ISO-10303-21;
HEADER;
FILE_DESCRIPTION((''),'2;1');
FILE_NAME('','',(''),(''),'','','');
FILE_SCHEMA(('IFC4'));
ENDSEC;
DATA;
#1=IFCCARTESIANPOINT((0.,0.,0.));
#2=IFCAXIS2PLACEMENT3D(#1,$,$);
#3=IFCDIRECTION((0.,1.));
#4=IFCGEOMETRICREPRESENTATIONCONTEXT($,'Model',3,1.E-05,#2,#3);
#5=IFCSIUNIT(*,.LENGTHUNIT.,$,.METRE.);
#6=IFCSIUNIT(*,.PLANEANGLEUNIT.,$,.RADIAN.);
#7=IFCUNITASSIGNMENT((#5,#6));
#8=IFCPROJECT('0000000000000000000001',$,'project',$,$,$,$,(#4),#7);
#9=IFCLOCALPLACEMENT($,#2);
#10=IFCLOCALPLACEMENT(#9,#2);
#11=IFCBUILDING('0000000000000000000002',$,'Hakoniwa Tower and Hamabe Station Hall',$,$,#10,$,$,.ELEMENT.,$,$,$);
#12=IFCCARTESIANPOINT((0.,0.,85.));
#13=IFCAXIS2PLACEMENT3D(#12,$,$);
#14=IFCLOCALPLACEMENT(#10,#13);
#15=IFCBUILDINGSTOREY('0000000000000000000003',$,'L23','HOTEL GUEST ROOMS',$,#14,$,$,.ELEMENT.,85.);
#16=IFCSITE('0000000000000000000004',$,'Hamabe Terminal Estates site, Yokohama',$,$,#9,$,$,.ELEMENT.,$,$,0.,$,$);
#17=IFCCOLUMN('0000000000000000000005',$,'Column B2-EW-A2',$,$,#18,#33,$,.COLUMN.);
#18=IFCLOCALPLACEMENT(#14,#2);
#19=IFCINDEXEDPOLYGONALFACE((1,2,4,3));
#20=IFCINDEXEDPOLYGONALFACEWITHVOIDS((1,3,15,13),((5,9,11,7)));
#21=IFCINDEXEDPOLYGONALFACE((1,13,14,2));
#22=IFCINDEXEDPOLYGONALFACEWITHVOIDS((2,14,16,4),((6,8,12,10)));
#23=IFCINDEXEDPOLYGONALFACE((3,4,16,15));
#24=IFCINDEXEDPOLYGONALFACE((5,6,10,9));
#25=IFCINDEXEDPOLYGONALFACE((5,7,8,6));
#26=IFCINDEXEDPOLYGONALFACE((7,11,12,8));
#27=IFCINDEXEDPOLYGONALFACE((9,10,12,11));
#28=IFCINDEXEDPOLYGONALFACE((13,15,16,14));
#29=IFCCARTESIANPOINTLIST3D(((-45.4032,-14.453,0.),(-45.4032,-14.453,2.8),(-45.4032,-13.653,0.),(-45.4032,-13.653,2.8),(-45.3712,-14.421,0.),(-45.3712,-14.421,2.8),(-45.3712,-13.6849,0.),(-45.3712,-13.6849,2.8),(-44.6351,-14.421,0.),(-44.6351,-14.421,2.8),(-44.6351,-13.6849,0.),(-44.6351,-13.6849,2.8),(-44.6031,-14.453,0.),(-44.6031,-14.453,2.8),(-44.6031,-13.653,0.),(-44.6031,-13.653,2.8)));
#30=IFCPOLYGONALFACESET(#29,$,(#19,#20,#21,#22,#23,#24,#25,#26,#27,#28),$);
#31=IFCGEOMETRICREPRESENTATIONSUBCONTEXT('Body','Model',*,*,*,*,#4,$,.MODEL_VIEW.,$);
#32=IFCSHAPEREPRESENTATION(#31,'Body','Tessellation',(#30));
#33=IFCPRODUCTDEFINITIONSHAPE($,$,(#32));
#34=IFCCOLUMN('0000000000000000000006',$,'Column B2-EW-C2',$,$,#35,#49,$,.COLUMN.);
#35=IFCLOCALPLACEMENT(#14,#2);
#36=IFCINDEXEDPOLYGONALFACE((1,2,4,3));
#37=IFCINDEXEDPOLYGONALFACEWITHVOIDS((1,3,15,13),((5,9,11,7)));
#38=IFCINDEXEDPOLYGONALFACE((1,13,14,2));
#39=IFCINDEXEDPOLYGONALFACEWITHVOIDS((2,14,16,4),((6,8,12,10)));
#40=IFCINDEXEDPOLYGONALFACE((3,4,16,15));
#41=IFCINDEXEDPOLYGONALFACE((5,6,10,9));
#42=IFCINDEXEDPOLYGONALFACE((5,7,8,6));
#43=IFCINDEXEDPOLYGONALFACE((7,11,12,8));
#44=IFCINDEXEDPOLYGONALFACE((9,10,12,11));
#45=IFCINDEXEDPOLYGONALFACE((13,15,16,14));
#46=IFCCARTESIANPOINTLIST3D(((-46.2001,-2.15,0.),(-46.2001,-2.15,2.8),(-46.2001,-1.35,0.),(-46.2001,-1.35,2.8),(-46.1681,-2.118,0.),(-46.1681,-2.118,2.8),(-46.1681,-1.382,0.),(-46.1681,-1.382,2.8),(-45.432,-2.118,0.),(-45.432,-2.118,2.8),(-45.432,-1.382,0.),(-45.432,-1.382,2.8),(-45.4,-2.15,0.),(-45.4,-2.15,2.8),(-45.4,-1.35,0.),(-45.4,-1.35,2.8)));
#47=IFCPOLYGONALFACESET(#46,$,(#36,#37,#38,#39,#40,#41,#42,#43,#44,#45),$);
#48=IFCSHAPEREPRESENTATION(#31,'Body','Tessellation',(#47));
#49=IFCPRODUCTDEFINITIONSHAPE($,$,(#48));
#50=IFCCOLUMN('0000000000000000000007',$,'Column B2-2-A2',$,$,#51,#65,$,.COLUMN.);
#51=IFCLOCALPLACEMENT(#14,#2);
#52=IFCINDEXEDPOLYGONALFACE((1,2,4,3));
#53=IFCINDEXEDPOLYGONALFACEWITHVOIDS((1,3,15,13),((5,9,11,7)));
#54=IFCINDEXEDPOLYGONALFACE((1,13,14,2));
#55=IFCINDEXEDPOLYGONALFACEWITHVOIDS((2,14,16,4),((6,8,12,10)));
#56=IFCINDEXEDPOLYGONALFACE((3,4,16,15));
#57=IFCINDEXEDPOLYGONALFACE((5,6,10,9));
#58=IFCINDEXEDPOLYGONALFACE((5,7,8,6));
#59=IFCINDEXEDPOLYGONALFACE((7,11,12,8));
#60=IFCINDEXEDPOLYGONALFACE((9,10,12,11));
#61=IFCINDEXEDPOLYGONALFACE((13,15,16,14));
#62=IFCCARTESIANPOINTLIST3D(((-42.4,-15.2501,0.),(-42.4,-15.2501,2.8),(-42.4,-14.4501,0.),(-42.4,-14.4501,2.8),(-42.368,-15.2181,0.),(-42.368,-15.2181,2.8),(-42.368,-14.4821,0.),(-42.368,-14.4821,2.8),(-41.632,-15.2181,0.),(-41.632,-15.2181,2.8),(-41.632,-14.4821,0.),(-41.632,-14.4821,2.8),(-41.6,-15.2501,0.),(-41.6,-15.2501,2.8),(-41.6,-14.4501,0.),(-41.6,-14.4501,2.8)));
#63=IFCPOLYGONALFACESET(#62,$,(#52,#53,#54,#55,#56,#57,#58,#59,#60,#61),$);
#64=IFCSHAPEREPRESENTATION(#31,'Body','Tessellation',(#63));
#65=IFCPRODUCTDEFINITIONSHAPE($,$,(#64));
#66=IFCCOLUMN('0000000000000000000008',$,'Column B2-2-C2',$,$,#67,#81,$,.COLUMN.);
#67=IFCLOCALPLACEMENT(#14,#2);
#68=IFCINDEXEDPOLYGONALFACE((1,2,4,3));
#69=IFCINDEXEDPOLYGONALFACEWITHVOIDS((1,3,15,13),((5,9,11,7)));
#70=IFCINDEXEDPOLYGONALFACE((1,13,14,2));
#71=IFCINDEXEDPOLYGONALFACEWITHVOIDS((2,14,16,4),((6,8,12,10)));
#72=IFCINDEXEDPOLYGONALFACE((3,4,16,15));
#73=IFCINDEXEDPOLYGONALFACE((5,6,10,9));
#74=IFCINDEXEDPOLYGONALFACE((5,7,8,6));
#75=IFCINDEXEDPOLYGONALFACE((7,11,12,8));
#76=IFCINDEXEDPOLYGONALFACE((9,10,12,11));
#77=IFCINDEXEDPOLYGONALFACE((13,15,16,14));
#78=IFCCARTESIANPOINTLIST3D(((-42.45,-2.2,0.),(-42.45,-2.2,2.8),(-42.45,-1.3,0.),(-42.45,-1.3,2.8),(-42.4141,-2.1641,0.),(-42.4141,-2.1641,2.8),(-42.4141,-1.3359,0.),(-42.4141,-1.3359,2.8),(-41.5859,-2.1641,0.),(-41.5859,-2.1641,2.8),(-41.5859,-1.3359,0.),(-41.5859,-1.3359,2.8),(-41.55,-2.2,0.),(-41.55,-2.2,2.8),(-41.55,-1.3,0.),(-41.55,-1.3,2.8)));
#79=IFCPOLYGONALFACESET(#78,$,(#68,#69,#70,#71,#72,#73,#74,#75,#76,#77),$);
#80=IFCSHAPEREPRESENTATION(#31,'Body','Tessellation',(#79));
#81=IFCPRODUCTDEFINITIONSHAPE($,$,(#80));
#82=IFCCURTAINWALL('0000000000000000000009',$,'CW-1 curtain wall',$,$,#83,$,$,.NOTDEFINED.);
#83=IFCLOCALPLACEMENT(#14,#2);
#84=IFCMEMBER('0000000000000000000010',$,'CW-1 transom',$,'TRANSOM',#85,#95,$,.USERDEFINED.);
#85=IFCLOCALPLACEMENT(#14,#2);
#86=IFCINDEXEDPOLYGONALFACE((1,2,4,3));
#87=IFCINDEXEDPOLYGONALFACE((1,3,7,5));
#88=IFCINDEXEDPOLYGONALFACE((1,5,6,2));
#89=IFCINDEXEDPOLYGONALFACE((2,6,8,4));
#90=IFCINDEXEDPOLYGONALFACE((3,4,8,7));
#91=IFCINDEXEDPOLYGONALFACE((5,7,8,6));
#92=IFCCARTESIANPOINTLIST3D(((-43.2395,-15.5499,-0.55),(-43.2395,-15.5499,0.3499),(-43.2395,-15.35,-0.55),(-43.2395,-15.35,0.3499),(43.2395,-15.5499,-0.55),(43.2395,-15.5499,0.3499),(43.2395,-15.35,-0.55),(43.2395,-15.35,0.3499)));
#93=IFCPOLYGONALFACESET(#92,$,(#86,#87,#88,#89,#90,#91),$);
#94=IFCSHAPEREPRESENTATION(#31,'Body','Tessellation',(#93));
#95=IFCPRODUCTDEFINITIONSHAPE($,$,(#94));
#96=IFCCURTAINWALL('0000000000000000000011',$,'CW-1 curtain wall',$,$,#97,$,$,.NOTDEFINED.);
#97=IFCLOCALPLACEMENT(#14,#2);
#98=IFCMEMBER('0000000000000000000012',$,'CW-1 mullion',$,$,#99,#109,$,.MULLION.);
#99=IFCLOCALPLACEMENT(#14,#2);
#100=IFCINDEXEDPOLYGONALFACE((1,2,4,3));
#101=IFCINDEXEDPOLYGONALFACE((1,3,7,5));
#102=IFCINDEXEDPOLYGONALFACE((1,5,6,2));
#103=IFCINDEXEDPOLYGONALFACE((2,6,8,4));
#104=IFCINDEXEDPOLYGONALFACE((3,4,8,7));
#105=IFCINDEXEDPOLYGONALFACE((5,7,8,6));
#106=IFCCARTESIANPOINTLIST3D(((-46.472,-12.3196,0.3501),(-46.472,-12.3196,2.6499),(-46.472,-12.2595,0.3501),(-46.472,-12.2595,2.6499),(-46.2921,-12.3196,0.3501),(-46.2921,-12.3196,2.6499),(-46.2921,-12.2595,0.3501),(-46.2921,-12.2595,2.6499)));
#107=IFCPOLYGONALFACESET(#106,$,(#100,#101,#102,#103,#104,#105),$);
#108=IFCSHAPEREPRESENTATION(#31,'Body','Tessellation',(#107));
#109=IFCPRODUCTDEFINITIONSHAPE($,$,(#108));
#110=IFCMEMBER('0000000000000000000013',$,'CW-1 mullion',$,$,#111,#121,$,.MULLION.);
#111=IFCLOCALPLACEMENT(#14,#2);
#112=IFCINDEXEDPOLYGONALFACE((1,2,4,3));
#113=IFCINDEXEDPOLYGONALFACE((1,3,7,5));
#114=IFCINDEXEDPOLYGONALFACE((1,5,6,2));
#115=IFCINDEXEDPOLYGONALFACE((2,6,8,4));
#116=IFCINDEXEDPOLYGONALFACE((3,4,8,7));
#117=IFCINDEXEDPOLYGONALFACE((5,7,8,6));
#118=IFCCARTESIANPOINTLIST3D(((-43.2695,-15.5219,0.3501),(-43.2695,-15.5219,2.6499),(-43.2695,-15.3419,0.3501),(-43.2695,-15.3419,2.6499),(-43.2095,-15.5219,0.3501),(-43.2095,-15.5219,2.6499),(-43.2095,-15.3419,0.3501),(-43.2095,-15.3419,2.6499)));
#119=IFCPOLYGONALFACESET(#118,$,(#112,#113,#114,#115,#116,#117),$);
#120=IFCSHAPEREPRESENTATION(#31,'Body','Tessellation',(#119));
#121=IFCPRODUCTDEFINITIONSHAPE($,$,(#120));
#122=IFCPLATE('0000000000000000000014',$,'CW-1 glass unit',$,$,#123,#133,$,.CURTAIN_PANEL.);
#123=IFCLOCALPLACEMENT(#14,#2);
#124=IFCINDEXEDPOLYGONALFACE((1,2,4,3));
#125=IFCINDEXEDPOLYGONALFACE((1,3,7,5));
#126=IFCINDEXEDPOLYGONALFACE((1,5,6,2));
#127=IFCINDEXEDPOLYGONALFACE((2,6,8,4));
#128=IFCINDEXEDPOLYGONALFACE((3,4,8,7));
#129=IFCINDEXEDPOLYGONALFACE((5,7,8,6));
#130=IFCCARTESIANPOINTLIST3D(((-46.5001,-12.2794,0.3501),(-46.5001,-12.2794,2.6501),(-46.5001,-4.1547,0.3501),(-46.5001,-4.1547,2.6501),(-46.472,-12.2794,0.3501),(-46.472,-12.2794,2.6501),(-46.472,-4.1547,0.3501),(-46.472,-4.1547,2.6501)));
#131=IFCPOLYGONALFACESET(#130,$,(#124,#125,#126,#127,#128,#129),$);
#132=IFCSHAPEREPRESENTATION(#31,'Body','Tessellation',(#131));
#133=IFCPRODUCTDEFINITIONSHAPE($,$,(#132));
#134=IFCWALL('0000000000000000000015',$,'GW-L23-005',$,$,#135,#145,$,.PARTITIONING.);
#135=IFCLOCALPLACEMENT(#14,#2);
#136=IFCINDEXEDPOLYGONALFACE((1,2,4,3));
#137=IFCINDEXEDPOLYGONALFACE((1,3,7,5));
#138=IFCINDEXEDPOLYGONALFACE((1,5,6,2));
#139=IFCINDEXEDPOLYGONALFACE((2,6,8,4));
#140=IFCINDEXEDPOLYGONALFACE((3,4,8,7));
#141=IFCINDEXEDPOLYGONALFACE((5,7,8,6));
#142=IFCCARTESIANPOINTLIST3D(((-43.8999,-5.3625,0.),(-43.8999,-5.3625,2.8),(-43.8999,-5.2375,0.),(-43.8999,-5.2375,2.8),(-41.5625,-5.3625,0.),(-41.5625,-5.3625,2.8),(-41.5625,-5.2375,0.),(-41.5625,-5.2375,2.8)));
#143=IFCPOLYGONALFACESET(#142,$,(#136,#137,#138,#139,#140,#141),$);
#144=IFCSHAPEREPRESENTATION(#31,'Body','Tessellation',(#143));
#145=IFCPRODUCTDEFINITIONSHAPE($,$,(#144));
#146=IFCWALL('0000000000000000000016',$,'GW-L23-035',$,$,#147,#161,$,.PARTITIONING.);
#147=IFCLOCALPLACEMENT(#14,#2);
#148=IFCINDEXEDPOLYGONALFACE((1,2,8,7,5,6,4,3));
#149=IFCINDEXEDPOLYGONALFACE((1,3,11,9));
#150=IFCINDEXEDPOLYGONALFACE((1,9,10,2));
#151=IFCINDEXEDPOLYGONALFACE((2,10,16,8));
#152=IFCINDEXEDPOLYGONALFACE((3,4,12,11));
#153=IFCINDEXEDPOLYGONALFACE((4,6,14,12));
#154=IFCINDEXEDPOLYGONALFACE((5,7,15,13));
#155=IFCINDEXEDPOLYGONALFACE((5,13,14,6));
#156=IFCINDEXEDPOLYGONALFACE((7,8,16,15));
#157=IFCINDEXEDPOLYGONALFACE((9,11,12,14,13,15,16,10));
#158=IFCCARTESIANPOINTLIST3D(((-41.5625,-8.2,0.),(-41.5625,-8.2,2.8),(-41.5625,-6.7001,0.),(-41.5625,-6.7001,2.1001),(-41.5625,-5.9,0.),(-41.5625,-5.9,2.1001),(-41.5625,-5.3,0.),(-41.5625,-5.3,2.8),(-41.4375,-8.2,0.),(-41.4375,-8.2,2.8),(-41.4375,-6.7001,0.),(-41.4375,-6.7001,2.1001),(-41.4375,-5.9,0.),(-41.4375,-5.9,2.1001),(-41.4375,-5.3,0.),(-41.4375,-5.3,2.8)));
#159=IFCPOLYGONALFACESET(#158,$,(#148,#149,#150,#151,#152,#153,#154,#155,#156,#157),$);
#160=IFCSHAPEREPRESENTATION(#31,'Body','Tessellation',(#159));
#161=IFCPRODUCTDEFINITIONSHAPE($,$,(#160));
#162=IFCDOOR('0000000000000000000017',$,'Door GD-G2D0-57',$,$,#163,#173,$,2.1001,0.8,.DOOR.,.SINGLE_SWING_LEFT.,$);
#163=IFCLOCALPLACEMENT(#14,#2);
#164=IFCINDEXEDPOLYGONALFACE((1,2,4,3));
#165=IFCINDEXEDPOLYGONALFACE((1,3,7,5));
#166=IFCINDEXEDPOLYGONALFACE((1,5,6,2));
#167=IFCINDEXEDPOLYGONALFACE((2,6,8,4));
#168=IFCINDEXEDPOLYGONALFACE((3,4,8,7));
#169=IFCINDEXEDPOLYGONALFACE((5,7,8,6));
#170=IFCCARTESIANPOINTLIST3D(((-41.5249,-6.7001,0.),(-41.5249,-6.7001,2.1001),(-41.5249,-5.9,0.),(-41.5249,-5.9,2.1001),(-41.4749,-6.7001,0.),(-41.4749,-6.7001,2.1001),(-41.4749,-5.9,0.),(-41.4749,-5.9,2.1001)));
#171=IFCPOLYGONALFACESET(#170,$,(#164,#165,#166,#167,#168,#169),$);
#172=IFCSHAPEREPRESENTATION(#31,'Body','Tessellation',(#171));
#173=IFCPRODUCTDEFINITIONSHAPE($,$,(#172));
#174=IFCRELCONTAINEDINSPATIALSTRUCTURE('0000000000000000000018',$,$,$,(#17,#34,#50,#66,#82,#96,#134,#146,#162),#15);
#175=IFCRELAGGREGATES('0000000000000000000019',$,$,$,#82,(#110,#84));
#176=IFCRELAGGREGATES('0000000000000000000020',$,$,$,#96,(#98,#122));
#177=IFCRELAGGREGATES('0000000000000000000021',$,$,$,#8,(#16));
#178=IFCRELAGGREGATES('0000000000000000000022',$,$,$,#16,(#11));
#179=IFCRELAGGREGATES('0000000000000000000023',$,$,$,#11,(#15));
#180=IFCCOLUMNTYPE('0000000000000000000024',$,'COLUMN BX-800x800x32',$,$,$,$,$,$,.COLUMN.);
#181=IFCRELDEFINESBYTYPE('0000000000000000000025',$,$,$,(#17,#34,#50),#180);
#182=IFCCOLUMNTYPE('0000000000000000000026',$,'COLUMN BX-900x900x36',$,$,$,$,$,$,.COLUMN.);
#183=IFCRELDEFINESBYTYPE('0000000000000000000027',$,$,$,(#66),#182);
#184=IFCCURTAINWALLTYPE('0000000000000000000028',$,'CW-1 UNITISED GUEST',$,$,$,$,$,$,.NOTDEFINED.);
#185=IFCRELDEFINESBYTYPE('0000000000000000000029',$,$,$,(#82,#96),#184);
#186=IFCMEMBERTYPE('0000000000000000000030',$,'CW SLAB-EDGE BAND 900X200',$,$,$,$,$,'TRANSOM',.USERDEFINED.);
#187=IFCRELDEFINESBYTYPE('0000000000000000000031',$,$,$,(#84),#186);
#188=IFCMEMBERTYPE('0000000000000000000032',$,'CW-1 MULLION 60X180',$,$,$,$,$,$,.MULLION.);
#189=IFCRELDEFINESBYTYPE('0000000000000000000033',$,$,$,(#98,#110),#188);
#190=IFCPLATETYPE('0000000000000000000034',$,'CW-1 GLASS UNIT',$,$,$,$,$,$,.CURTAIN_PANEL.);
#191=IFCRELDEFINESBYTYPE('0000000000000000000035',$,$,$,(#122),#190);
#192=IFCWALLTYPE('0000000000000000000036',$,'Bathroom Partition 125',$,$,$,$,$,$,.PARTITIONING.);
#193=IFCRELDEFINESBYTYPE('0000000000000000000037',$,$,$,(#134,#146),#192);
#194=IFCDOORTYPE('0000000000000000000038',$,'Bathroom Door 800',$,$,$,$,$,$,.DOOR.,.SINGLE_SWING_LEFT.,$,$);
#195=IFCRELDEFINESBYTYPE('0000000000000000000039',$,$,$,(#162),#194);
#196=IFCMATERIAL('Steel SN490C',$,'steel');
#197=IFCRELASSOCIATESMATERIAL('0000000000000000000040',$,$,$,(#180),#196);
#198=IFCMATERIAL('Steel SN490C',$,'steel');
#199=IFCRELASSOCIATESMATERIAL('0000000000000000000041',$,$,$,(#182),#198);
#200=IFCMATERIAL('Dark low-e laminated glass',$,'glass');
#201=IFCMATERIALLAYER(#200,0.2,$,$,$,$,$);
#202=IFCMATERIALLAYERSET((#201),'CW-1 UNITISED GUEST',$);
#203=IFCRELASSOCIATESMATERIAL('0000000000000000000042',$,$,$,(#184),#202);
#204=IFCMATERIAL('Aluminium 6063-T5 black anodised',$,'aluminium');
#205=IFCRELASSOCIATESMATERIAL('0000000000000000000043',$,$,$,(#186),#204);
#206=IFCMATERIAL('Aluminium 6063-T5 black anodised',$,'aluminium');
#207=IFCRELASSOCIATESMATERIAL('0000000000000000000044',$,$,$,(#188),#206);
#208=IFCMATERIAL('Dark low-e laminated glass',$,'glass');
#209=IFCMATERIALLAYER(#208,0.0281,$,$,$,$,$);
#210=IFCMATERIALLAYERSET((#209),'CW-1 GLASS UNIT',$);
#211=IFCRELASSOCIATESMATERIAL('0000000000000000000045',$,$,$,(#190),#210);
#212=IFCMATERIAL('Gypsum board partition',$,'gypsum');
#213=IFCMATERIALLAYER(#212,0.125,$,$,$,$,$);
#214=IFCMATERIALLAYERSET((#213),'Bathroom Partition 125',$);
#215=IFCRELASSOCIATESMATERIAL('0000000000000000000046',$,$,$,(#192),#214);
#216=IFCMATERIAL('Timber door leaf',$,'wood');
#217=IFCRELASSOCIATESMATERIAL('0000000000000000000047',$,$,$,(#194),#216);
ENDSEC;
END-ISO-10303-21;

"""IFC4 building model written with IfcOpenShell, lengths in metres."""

from ifc_helpers import new_model, si_unit, direction, frame, frame_2d, origin, origin_2d, place, context, subcontext, project, spatial, rectangle, hollow_rectangle, extrude, material, layer, layer_set, material_profile, profile_set, type_object, element, fill, aggregate, save


model = new_model("IFC4")

# Units and contexts
model_context = context("Model", 3, precision=1e-05, world=origin(), true_north=direction((0.0, 1.0)))
body_context = subcontext(model_context, "Body", "Model", "MODEL_VIEW")
ifc_project = project(units=[si_unit("LENGTHUNIT", "METRE"), si_unit("PLANEANGLEUNIT", "RADIAN")], contexts=[model_context])

# Site, building, storey
site_placement = place(None, origin())
site = spatial("IfcSite", under=ifc_project, at=site_placement, Name="Hamabe Terminal Estates site, Yokohama", CompositionType="ELEMENT", RefElevation=0.0)
building_placement = place(site_placement, origin())
building = spatial("IfcBuilding", under=site, at=building_placement, Name="Hakoniwa Tower and Hamabe Station Hall", CompositionType="ELEMENT")
storey_placement = place(building_placement, frame((0.0, 0.0, 85.0)))
storey = spatial("IfcBuildingStorey", under=building, at=storey_placement, Name="L23", Description="HOTEL GUEST ROOMS", CompositionType="ELEMENT", Elevation=85.0)

# Columns
ifc_material_1 = material(Name="Steel SN490C", Category="steel")
ifc_material_profile_1 = material_profile(ifc_material_1, hollow_rectangle(XDim=0.8, YDim=0.8, WallThickness=0.032, at=origin_2d()), Name="BX-800x800x32")
ifc_profile_set_1 = profile_set([ifc_material_profile_1], Name="Steel SN490C")
column_type_1 = type_object("IfcColumnType", Name="COLUMN BX-800x800x32", PredefinedType="COLUMN", material=ifc_profile_set_1)
for number, where, z_axis, x_axis, name in (
    (1, (-45.0032, -14.053, 0.0), (0.0, 0.0, 1.0), (1.0, 0.0, 0.0), "Column B2-EW-A2"),
    (2, (-45.8, -1.75, 0.0), (0.0, 0.0, 1.0), (1.0, 0.0, 0.0), "Column B2-EW-C2"),
    (3, (-42.0, -14.8501, 0.0), (0.0, 0.0, 1.0), (1.0, 0.0, 0.0), "Column B2-2-A2"),
):
    element("IfcColumn", number, at=place(storey_placement, frame(where, z_axis=z_axis, x_axis=x_axis)), inside=storey, type_object=column_type_1, Name=name, PredefinedType="COLUMN", context=body_context, shape_type="SweptSolid", body=[
        extrude(hollow_rectangle(XDim=0.8, YDim=0.8, WallThickness=0.032, at=origin_2d()), origin(), (0.0, 0.0, 1.0), 2.8),
    ])
ifc_material_2 = material(Name="Steel SN490C", Category="steel")
ifc_material_profile_2 = material_profile(ifc_material_2, hollow_rectangle(XDim=0.8999, YDim=0.8999, WallThickness=0.0359, at=origin_2d()), Name="BX-900x900x36")
ifc_profile_set_2 = profile_set([ifc_material_profile_2], Name="Steel SN490C")
column_type_2 = type_object("IfcColumnType", Name="COLUMN BX-900x900x36", PredefinedType="COLUMN", material=ifc_profile_set_2)
column_placement = place(storey_placement, frame((-42.0, -1.75, 0.0), z_axis=(0.0, 0.0, 1.0), x_axis=(1.0, 0.0, 0.0)))
element("IfcColumn", 4, at=column_placement, inside=storey, type_object=column_type_2, Name="Column B2-2-C2", PredefinedType="COLUMN", context=body_context, shape_type="SweptSolid", body=[
    extrude(hollow_rectangle(XDim=0.8999, YDim=0.8999, WallThickness=0.0359, at=origin_2d()), origin(), (0.0, 0.0, 1.0), 2.8),
])

# Curtain walls, members
ifc_material_3 = material(Name="Dark low-e laminated glass", Category="glass")
ifc_layer_1 = layer(ifc_material_3, 0.2)
ifc_layer_set_1 = layer_set([ifc_layer_1], Name="CW-1 UNITISED GUEST")
curtain_wall_type = type_object("IfcCurtainWallType", Name="CW-1 UNITISED GUEST", PredefinedType="NOTDEFINED", material=ifc_layer_set_1)
curtain_wall_1_placement = place(storey_placement, origin())
curtain_wall_1 = element("IfcCurtainWall", 5, at=curtain_wall_1_placement, inside=storey, type_object=curtain_wall_type, Name="CW-1 curtain wall", PredefinedType="NOTDEFINED")
ifc_material_4 = material(Name="Aluminium 6063-T5 black anodised", Category="aluminium")
ifc_material_profile_3 = material_profile(ifc_material_4, rectangle(XDim=0.2, YDim=0.8999, at=origin_2d()), Name="CW SLAB-EDGE BAND 900X200")
ifc_profile_set_3 = profile_set([ifc_material_profile_3], Name="Aluminium 6063-T5 black anodised")
member_type_1 = type_object("IfcMemberType", Name="CW SLAB-EDGE BAND 900X200", ElementType="TRANSOM", PredefinedType="USERDEFINED", material=ifc_profile_set_3)
member_1_placement = place(storey_placement, frame((-43.2395, -15.45, -0.1001), z_axis=(1.0, 0.0, 0.0), x_axis=(0.0, 1.0, 0.0)))
member_1 = element("IfcMember", 6, at=member_1_placement, type_object=member_type_1, Name="CW-1 transom", ObjectType="TRANSOM", PredefinedType="USERDEFINED", context=body_context, shape_type="SweptSolid", body=[
    extrude(rectangle(XDim=0.2, YDim=0.8999, at=origin_2d()), origin(), (0.0, 0.0, 1.0), 86.479),
])
curtain_wall_2_placement = place(storey_placement, origin())
curtain_wall_2 = element("IfcCurtainWall", 7, at=curtain_wall_2_placement, inside=storey, type_object=curtain_wall_type, Name="CW-1 curtain wall", PredefinedType="NOTDEFINED")
ifc_material_5 = material(Name="Aluminium 6063-T5 black anodised", Category="aluminium")
ifc_material_profile_4 = material_profile(ifc_material_5, rectangle(XDim=0.0601, YDim=0.1799, at=origin_2d()), Name="CW-1 MULLION 60X180")
ifc_profile_set_4 = profile_set([ifc_material_profile_4], Name="Aluminium 6063-T5 black anodised")
member_type_2 = type_object("IfcMemberType", Name="CW-1 MULLION 60X180", PredefinedType="MULLION", material=ifc_profile_set_4)
member_2_placement = place(storey_placement, frame((-46.3821, -12.2896, 0.3501), z_axis=(0.0, 0.0, 1.0), x_axis=(0.0, -1.0, 0.0)))
member_2 = element("IfcMember", 8, at=member_2_placement, type_object=member_type_2, Name="CW-1 mullion", PredefinedType="MULLION", context=body_context, shape_type="SweptSolid", body=[
    extrude(rectangle(XDim=0.0601, YDim=0.1799, at=origin_2d()), origin(), (0.0, 0.0, 1.0), 2.2998),
])

# Member
member_3_placement = place(storey_placement, frame((-43.2395, -15.4319, 0.3501), z_axis=(0.0, 0.0, 1.0), x_axis=(1.0, 0.0, 0.0)))
member_3 = element("IfcMember", 9, at=member_3_placement, type_object=member_type_2, Name="CW-1 mullion", PredefinedType="MULLION", context=body_context, shape_type="SweptSolid", body=[
    extrude(rectangle(XDim=0.0601, YDim=0.1799, at=origin_2d()), origin(), (0.0, 0.0, 1.0), 2.2998),
])
aggregate(curtain_wall_1, [member_3, member_1])

# Plate
ifc_material_6 = material(Name="Dark low-e laminated glass", Category="glass")
ifc_layer_2 = layer(ifc_material_6, 0.0281)
ifc_layer_set_2 = layer_set([ifc_layer_2], Name="CW-1 GLASS UNIT")
plate_type = type_object("IfcPlateType", Name="CW-1 GLASS UNIT", PredefinedType="CURTAIN_PANEL", material=ifc_layer_set_2)
plate_placement = place(storey_placement, frame((-46.4861, -8.217, 0.3501), z_axis=(0.0, 0.0, 1.0), x_axis=(0.0, -1.0, 0.0)))
plate = element("IfcPlate", 10, at=plate_placement, type_object=plate_type, Name="CW-1 glass unit", PredefinedType="CURTAIN_PANEL", context=body_context, shape_type="SweptSolid", body=[
    extrude(rectangle(XDim=8.1248, YDim=0.0281, at=origin_2d()), origin(), (0.0, 0.0, 1.0), 2.3),
])
aggregate(curtain_wall_2, [member_2, plate])

# Wall
ifc_material_7 = material(Name="Gypsum board partition", Category="gypsum")
ifc_layer_3 = layer(ifc_material_7, 0.125)
ifc_layer_set_3 = layer_set([ifc_layer_3], Name="Bathroom Partition 125")
wall_type_1 = type_object("IfcWallType", Name="Bathroom Partition 125", PredefinedType="PARTITIONING", material=ifc_layer_set_3)
wall_1_placement = place(storey_placement, frame((-43.8999, -5.3, 0.0), z_axis=(0.0, 0.0, 1.0), x_axis=(1.0, 0.0, 0.0)))
element("IfcWall", 11, at=wall_1_placement, inside=storey, type_object=wall_type_1, Name="GW-L23-005", PredefinedType="PARTITIONING", context=body_context, shape_type="SweptSolid", body=[
    extrude(rectangle(XDim=2.3374, YDim=0.125, at=frame_2d((1.1687, 0.0))), origin(), (0.0, 0.0, 1.0), 2.8),
])

# Wall, opening, door
wall_2_placement = place(storey_placement, frame((-41.5, -8.2, 0.0), z_axis=(0.0, 0.0, 1.0), x_axis=(0.0, 1.0, 0.0)))
wall_2 = element("IfcWall", 12, at=wall_2_placement, inside=storey, type_object=wall_type_1, Name="GW-L23-035", PredefinedType="PARTITIONING", context=body_context, shape_type="SweptSolid", body=[
    extrude(rectangle(XDim=2.8999, YDim=0.125, at=frame_2d((1.45, 0.0))), origin(), (0.0, 0.0, 1.0), 2.8),
])
opening_1_placement = place(wall_2_placement, frame((1.5, 0.0, 0.0)))
opening_1 = element("IfcOpeningElement", 13, at=opening_1_placement, cuts=wall_2, PredefinedType="OPENING", context=body_context, shape_type="SweptSolid", body=[
    extrude(rectangle(XDim=0.8, YDim=2.1001, at=frame_2d((0.3999, 1.05))), frame((0.0, 0.0725, 0.0), z_axis=(0.0, -1.0, 0.0), x_axis=(1.0, 0.0, 0.0)), (0.0, 0.0, 1.0), 0.145),
])
ifc_material_8 = material(Name="Timber door leaf", Category="wood")
door_type_1 = type_object("IfcDoorType", Name="Bathroom Door 800", OperationType="SINGLE_SWING_LEFT", PredefinedType="DOOR", material=ifc_material_8)
door_1_placement = place(opening_1_placement, origin())
door_1 = element("IfcDoor", 14, at=door_1_placement, inside=storey, type_object=door_type_1, Name="Door GD-G2D0-57", OperationType="SINGLE_SWING_LEFT", OverallHeight=2.1001, OverallWidth=0.8, PredefinedType="DOOR", context=body_context, shape_type="SweptSolid", body=[
    extrude(rectangle(XDim=0.8, YDim=2.1001, at=frame_2d((0.3999, 1.05))), frame((0.0, 0.0249, 0.0), z_axis=(0.0, -1.0, 0.0), x_axis=(1.0, 0.0, 0.0)), (0.0, 0.0, 1.0), 0.05),
])
fill(opening_1, door_1)

save(model, "model.ifc")
